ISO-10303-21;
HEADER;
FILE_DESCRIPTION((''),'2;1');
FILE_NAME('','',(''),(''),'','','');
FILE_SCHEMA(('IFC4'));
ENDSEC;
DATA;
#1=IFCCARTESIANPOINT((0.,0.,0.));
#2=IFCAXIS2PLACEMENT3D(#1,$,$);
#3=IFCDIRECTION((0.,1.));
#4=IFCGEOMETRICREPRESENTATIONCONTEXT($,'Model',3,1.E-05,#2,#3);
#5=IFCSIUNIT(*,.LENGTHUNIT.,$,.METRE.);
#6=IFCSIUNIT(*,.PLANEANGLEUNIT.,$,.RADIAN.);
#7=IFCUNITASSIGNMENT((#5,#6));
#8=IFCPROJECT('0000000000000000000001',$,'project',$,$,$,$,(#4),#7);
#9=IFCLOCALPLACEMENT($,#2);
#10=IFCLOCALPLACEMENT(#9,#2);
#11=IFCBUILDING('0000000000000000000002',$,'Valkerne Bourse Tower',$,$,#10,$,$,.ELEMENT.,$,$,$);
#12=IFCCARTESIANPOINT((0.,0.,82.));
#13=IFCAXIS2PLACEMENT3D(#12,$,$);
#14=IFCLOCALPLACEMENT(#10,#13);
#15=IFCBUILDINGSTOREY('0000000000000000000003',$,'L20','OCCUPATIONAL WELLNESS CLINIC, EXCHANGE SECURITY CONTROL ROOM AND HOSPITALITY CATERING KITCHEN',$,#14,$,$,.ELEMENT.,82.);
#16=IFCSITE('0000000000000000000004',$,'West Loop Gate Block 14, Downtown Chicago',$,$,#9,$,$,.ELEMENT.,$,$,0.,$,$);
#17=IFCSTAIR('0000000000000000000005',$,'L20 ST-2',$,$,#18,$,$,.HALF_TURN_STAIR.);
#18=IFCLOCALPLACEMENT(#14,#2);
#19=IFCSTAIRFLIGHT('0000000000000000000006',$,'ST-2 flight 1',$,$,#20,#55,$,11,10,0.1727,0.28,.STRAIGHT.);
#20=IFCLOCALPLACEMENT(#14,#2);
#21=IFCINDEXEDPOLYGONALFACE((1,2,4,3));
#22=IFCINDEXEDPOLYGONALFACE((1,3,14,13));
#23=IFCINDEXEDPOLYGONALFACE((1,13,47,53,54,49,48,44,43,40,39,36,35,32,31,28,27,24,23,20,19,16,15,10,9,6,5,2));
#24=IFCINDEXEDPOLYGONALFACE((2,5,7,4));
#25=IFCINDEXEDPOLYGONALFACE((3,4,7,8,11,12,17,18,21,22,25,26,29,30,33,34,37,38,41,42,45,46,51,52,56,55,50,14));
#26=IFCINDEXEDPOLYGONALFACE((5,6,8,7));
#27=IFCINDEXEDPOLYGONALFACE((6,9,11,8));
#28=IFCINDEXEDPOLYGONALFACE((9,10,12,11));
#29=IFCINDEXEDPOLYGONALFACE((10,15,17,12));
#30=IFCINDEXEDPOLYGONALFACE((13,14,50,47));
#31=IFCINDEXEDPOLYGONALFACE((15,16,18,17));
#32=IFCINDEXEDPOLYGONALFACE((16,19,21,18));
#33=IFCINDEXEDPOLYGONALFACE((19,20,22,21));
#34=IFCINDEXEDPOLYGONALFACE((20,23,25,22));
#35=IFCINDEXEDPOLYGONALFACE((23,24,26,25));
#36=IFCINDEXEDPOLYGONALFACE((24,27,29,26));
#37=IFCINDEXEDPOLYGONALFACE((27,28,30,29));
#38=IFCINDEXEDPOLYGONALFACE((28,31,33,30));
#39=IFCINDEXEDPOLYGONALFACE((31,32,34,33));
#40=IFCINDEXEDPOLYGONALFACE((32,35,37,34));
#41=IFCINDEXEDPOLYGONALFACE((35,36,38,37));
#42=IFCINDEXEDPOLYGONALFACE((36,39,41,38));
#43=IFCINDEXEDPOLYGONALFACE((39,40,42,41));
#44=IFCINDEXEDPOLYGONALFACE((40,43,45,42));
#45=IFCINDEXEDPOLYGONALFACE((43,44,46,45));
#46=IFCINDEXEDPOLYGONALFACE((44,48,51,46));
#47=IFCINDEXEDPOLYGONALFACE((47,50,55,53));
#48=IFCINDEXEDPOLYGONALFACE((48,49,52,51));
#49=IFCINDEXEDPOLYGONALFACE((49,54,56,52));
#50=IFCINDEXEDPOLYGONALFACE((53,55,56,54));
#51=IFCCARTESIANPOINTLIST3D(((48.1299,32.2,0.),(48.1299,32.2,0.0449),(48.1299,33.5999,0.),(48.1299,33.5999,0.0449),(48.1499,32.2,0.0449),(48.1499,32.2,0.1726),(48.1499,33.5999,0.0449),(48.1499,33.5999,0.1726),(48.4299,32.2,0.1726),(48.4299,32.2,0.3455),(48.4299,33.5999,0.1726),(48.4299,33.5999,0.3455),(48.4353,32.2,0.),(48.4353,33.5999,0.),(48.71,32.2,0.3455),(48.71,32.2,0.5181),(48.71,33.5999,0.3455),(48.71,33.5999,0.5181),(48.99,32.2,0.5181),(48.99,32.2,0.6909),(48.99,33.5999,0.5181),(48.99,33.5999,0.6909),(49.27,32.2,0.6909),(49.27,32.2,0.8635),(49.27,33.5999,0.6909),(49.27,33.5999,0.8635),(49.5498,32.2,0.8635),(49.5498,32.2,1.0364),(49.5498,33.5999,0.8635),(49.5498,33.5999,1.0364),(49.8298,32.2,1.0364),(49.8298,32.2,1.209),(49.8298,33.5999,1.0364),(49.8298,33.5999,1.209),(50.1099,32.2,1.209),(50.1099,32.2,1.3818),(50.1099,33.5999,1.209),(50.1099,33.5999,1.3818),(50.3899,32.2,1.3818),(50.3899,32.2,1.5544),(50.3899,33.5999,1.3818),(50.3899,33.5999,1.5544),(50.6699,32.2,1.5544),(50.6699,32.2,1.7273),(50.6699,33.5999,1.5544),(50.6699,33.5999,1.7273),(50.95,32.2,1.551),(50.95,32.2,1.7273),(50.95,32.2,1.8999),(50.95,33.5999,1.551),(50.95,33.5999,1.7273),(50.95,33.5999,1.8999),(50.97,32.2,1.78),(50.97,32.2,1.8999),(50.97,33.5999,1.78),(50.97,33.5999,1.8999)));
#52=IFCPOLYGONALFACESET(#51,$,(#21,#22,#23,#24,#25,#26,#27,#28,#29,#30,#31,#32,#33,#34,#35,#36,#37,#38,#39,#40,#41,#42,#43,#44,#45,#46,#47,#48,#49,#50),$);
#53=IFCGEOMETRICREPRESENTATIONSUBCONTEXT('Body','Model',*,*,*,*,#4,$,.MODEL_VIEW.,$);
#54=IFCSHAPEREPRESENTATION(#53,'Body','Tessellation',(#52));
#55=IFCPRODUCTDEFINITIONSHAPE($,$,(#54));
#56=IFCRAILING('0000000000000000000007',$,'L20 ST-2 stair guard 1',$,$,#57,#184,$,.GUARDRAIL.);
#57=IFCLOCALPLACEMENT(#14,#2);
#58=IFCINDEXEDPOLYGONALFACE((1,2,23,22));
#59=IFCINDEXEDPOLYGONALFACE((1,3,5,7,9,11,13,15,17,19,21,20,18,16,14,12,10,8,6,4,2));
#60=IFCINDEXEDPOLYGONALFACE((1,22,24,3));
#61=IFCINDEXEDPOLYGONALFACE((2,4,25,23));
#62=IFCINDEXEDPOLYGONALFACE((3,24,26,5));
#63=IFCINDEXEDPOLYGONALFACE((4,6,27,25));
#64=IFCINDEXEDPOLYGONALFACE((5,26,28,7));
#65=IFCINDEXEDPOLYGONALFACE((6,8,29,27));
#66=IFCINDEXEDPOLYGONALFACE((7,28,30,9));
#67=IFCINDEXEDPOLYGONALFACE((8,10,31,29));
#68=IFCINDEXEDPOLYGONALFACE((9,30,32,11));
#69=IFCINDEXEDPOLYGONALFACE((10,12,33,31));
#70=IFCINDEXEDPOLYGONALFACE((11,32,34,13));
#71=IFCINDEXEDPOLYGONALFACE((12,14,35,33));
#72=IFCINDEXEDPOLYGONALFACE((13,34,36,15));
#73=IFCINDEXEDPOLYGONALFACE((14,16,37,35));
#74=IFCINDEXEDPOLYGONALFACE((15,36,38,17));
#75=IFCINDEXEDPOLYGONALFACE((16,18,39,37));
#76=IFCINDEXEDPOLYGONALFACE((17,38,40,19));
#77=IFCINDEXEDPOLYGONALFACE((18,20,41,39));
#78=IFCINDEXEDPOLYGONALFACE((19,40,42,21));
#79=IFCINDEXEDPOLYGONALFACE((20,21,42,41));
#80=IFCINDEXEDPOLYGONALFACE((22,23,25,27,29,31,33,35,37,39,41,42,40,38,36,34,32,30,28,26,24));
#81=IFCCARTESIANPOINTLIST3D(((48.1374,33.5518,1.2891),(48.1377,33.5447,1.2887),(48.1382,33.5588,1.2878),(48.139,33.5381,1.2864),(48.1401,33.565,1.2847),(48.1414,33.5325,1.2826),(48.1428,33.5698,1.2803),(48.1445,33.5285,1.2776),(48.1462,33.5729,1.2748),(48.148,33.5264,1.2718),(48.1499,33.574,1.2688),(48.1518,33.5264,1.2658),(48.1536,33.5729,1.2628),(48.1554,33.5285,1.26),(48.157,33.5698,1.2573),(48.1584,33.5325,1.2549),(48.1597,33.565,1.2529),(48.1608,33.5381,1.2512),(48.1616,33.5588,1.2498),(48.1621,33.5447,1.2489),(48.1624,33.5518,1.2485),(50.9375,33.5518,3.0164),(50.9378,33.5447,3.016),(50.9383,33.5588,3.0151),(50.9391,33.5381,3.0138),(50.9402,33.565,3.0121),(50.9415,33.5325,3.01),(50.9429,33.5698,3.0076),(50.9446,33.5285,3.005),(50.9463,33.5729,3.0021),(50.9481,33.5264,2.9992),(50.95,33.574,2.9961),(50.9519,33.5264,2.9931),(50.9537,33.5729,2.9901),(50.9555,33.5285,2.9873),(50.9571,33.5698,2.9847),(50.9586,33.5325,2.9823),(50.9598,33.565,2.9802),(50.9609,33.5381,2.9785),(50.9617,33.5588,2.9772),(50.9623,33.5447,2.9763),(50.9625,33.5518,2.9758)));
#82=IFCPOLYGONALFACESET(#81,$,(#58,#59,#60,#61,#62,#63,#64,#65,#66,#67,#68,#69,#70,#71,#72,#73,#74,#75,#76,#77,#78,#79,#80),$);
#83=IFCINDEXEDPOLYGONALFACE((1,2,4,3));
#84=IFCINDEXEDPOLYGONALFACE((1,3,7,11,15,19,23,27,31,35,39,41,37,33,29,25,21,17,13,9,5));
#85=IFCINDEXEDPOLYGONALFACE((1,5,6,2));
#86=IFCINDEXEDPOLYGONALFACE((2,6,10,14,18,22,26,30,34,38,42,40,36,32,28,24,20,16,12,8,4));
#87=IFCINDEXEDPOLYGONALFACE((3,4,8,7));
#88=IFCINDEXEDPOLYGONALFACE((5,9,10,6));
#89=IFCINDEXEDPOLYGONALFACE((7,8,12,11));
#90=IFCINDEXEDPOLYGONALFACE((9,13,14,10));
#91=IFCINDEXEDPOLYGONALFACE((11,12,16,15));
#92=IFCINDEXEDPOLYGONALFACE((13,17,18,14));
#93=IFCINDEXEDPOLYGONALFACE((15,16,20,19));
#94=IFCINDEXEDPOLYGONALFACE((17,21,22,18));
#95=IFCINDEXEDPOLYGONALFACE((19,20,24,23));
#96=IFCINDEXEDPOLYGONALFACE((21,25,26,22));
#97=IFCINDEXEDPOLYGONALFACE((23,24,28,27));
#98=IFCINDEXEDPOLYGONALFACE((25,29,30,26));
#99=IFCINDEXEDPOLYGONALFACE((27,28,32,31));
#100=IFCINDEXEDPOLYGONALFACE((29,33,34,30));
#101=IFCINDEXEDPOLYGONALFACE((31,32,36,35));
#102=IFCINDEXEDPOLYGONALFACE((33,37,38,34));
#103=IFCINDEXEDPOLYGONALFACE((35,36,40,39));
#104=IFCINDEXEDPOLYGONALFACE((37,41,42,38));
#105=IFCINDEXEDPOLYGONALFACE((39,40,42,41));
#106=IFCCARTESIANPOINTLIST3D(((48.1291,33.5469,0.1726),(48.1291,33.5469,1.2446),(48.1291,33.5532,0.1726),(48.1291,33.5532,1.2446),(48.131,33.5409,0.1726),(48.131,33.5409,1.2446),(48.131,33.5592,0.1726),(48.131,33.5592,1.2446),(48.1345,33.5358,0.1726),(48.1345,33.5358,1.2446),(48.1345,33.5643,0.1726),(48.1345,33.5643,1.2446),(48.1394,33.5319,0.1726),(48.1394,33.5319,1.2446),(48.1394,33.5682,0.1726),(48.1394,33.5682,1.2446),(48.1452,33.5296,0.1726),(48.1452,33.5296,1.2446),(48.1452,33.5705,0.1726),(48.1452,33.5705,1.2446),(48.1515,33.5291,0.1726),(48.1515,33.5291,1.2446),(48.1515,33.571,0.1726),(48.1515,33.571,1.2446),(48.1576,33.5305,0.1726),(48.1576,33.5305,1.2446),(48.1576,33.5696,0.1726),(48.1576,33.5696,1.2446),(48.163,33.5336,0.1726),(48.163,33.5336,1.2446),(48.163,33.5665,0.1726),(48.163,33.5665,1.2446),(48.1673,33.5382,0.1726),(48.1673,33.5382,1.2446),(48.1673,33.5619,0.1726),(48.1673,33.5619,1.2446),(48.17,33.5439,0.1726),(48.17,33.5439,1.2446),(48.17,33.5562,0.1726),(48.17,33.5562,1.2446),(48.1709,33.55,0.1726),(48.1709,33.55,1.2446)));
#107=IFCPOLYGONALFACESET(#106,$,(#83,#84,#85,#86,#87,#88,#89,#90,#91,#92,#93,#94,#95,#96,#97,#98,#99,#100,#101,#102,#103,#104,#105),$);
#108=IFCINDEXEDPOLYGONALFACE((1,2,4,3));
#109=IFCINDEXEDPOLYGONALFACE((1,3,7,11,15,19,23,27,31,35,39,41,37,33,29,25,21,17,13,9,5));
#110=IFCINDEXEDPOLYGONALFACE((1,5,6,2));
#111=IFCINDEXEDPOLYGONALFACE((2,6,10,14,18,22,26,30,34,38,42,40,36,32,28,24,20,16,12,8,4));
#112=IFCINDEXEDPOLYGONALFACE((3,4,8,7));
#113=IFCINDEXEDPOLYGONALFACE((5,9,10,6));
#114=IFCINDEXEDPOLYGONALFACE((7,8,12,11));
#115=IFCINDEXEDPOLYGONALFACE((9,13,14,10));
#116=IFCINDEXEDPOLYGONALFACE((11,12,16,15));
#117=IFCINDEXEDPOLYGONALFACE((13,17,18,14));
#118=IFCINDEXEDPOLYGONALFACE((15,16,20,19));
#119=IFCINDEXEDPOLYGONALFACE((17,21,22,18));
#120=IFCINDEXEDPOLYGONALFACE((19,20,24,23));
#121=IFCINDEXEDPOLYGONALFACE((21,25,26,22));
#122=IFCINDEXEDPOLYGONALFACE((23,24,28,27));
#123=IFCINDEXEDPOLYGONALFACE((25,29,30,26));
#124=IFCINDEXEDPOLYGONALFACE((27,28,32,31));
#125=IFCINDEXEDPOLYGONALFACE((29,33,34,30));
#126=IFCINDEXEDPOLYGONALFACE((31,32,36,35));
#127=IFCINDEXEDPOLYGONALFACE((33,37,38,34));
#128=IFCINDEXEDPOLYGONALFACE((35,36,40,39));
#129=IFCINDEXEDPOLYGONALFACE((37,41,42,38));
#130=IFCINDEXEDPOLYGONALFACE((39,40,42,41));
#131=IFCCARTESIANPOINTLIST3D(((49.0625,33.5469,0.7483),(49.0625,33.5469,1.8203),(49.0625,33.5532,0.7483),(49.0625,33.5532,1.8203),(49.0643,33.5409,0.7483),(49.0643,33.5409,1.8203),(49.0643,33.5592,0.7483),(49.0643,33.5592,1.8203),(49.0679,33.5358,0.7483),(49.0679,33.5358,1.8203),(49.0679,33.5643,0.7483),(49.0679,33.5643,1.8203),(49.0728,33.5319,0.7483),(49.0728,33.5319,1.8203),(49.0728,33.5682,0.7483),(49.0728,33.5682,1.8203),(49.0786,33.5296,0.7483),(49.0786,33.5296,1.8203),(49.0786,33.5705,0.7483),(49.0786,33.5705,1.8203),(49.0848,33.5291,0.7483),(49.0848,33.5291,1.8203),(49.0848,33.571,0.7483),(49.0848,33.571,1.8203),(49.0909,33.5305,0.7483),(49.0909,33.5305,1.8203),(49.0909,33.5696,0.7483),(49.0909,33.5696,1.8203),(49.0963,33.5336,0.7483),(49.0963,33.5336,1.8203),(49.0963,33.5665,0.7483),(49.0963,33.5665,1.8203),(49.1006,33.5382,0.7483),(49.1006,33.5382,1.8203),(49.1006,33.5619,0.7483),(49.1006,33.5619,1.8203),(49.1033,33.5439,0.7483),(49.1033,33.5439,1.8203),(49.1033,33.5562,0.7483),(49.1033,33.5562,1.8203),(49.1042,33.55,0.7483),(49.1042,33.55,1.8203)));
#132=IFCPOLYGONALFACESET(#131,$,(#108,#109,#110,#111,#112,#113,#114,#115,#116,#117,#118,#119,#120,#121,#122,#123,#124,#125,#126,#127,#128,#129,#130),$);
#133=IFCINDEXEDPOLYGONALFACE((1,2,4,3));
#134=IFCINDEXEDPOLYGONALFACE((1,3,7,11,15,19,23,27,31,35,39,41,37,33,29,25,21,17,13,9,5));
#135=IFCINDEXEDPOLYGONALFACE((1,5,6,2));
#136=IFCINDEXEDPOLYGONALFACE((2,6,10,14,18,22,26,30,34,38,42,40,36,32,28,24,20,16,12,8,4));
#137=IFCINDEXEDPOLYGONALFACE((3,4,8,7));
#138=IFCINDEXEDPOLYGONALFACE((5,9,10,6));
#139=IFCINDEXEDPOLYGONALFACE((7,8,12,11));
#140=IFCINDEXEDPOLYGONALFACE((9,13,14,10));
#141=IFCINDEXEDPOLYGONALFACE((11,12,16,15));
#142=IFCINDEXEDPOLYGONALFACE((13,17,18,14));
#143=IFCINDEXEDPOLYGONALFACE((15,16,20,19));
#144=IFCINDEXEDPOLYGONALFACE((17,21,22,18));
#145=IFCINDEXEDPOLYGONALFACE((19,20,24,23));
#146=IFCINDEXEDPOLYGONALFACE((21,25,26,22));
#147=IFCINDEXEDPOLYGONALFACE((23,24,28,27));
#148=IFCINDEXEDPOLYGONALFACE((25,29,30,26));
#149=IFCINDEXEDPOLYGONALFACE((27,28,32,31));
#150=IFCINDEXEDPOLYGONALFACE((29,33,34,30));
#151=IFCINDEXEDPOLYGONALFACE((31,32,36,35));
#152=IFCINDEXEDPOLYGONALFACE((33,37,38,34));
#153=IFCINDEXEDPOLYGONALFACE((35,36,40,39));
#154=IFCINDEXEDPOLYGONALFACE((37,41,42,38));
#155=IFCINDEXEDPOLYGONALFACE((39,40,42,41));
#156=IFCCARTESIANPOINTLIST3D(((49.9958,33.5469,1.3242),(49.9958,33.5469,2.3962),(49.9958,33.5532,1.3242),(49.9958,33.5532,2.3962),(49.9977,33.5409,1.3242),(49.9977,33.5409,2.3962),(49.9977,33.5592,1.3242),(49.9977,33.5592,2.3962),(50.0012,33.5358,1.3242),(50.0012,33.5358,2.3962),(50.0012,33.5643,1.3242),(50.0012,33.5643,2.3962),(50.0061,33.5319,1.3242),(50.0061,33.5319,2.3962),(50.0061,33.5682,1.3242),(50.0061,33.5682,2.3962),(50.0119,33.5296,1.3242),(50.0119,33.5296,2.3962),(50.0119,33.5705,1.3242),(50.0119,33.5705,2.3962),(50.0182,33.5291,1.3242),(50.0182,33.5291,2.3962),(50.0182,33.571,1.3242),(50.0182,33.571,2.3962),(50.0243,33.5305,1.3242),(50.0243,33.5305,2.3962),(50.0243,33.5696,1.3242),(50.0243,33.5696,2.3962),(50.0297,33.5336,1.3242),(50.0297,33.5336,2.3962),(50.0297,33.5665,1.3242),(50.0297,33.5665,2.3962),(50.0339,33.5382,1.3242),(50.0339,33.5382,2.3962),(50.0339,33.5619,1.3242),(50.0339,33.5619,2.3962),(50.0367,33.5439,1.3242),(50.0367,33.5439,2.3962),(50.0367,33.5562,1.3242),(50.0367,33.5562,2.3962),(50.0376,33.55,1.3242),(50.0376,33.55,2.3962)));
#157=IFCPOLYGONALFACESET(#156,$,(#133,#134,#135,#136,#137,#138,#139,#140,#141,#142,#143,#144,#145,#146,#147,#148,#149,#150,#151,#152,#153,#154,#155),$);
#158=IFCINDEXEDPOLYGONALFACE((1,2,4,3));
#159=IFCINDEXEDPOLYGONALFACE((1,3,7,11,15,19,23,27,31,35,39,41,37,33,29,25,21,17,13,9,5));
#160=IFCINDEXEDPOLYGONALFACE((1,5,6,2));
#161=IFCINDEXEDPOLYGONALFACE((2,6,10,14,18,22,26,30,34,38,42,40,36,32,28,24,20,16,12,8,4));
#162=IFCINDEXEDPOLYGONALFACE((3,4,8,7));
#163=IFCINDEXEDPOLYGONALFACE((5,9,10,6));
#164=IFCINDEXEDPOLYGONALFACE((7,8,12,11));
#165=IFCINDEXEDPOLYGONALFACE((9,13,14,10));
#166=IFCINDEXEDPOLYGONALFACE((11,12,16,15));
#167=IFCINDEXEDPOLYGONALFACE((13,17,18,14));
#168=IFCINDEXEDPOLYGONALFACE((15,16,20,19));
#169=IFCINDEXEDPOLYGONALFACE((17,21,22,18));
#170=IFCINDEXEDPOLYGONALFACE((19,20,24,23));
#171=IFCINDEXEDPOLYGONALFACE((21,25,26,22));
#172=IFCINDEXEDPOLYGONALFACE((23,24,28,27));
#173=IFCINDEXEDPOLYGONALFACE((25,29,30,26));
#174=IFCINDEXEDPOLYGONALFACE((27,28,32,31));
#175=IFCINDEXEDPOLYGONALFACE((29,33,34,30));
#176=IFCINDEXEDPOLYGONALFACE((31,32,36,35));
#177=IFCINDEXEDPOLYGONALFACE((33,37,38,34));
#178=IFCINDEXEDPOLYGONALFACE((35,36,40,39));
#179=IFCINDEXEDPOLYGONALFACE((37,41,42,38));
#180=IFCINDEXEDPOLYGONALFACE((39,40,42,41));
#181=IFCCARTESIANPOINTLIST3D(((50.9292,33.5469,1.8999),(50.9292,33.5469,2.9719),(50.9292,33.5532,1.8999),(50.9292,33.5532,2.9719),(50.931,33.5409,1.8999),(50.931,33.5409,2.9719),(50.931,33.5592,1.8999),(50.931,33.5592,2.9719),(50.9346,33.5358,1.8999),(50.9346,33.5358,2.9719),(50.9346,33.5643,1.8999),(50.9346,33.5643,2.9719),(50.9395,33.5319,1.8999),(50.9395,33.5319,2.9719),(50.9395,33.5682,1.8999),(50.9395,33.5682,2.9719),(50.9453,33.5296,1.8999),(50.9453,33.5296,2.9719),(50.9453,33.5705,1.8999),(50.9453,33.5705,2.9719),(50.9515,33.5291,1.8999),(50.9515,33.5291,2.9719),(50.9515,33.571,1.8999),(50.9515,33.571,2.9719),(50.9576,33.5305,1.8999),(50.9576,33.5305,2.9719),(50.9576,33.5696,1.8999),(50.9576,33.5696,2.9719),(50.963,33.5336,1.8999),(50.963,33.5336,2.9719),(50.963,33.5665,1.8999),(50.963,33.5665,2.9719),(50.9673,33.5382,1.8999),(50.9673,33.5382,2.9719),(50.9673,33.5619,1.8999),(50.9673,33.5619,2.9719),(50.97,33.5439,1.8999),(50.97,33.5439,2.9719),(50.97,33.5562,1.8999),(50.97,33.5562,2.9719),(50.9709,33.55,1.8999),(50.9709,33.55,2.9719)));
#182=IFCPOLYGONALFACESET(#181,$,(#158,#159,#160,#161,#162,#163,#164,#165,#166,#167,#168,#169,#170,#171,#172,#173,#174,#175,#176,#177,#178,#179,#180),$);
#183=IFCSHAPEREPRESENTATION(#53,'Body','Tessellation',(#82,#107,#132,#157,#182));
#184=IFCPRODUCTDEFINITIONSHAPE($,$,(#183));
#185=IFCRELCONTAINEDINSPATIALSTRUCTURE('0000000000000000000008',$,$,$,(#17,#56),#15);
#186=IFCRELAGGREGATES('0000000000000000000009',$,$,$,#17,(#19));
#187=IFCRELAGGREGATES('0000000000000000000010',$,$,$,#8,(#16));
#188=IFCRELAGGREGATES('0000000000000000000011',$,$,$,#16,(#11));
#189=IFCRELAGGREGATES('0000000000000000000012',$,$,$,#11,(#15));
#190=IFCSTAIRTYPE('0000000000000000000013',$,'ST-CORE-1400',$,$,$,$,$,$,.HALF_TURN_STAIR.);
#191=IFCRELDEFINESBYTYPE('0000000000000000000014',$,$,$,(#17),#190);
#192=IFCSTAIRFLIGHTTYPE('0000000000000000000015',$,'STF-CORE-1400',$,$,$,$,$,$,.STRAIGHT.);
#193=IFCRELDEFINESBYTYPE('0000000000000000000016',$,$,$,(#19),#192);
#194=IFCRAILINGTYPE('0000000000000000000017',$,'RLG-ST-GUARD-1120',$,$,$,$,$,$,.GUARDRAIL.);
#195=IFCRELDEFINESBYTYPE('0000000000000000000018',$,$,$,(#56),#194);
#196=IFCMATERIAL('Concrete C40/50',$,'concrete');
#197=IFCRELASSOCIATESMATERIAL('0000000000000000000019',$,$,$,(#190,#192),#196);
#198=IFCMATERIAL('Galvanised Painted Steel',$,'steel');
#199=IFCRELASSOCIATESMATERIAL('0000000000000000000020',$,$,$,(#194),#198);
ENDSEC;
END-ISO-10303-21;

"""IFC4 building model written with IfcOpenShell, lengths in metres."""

from ifc_helpers import new_model, si_unit, direction, frame, origin, origin_2d, place, context, subcontext, project, spatial, polyline, circle, outline, extrude, material, type_object, element, aggregate, save


model = new_model("IFC4")

# Units and contexts
model_context = context("Model", 3, precision=1e-05, world=origin(), true_north=direction((0.0, 1.0)))
body_context = subcontext(model_context, "Body", "Model", "MODEL_VIEW")
ifc_project = project(units=[si_unit("LENGTHUNIT", "METRE"), si_unit("PLANEANGLEUNIT", "RADIAN")], contexts=[model_context])

# Site, building, storey
site_placement = place(None, origin())
site = spatial("IfcSite", under=ifc_project, at=site_placement, Name="West Loop Gate Block 14, Downtown Chicago", CompositionType="ELEMENT", RefElevation=0.0)
building_placement = place(site_placement, origin())
building = spatial("IfcBuilding", under=site, at=building_placement, Name="Valkerne Bourse Tower", CompositionType="ELEMENT")
storey_placement = place(building_placement, frame((0.0, 0.0, 82.0)))
storey = spatial("IfcBuildingStorey", under=building, at=storey_placement, Name="L20", Description="OCCUPATIONAL WELLNESS CLINIC, EXCHANGE SECURITY CONTROL ROOM AND HOSPITALITY CATERING KITCHEN", CompositionType="ELEMENT", Elevation=82.0)

# Shared definitions
ifc_material_1 = material(Name="Galvanised Painted Steel", Category="steel")

# Shared definitions
ifc_material_2 = material(Name="Concrete C40/50", Category="concrete")

# Stair, stair flight
stair_type = type_object("IfcStairType", Name="ST-CORE-1400", PredefinedType="HALF_TURN_STAIR", material=ifc_material_2)
stair_placement = place(storey_placement, origin())
stair = element("IfcStair", 1, at=stair_placement, inside=storey, type_object=stair_type, Name="L20 ST-2", PredefinedType="HALF_TURN_STAIR")
stair_flight_type = type_object("IfcStairFlightType", Name="STF-CORE-1400", PredefinedType="STRAIGHT", material=ifc_material_2)
stair_flight_placement = place(storey_placement, frame((48.1499, 32.8999, 0.0), z_axis=(0.0, 0.0, 1.0), x_axis=(1.0, 0.0, 0.0)))
stair_flight = element("IfcStairFlight", 2, at=stair_flight_placement, type_object=stair_flight_type, Name="ST-2 flight 1", NumberOfRisers=11, NumberOfTreads=10, PredefinedType="STRAIGHT", RiserHeight=0.1727, TreadLength=0.28, context=body_context, shape_type="SweptSolid", body=[
    extrude(outline(polyline([(-0.02, 0.0), (-0.02, 0.0449), (0.0, 0.0449), (0.0, 0.1726), (0.28, 0.1726), (0.28, 0.3455), (0.5601, 0.3455), (0.5601, 0.5181), (0.8401, 0.5181), (0.8401, 0.6909), (1.1201, 0.6909), (1.1201, 0.8635), (1.3999, 0.8635), (1.3999, 1.0364), (1.6799, 1.0364), (1.6799, 1.209), (1.96, 1.209), (1.96, 1.3818), (2.24, 1.3818), (2.24, 1.5544), (2.52, 1.5544), (2.52, 1.7273), (2.8, 1.7273), (2.8, 1.8999), (2.8201, 1.8999), (2.8201, 1.78), (2.8, 1.551), (0.2854, 0.0), (-0.02, 0.0)])), frame((0.0, 0.7, 0.0), z_axis=(0.0, -1.0, 0.0), x_axis=(1.0, 0.0, 0.0)), (0.0, 0.0, 1.0), 1.3999),
])
aggregate(stair, [stair_flight])

# Railing
railing_type_1 = type_object("IfcRailingType", Name="RLG-ST-GUARD-1120", PredefinedType="GUARDRAIL", material=ifc_material_1)
railing_1_placement = place(storey_placement, frame((48.1499, 33.55, 0.1726)))
element("IfcRailing", 3, at=railing_1_placement, inside=storey, type_object=railing_type_1, Name="L20 ST-2 stair guard 1", PredefinedType="GUARDRAIL", context=body_context, shape_type="SweptSolid", body=[
    extrude(circle(Radius=0.0239, at=origin_2d()), frame((0.0, 0.0, 1.0962), z_axis=(0.85109, 0.0, 0.52502), x_axis=(0.0, 1.0, 0.0)), (0.0, 0.0, 1.0), 3.29),
    extrude(circle(Radius=0.021, at=origin_2d()), origin(), (0.0, 0.0, 1.0), 1.072),
    extrude(circle(Radius=0.021, at=origin_2d()), frame((0.9333, 0.0, 0.5757)), (0.0, 0.0, 1.0), 1.072),
    extrude(circle(Radius=0.021, at=origin_2d()), frame((1.8667, 0.0, 1.1516)), (0.0, 0.0, 1.0), 1.072),
    extrude(circle(Radius=0.021, at=origin_2d()), frame((2.8, 0.0, 1.7273)), (0.0, 0.0, 1.0), 1.072),
])

save(model, "model.ifc")
